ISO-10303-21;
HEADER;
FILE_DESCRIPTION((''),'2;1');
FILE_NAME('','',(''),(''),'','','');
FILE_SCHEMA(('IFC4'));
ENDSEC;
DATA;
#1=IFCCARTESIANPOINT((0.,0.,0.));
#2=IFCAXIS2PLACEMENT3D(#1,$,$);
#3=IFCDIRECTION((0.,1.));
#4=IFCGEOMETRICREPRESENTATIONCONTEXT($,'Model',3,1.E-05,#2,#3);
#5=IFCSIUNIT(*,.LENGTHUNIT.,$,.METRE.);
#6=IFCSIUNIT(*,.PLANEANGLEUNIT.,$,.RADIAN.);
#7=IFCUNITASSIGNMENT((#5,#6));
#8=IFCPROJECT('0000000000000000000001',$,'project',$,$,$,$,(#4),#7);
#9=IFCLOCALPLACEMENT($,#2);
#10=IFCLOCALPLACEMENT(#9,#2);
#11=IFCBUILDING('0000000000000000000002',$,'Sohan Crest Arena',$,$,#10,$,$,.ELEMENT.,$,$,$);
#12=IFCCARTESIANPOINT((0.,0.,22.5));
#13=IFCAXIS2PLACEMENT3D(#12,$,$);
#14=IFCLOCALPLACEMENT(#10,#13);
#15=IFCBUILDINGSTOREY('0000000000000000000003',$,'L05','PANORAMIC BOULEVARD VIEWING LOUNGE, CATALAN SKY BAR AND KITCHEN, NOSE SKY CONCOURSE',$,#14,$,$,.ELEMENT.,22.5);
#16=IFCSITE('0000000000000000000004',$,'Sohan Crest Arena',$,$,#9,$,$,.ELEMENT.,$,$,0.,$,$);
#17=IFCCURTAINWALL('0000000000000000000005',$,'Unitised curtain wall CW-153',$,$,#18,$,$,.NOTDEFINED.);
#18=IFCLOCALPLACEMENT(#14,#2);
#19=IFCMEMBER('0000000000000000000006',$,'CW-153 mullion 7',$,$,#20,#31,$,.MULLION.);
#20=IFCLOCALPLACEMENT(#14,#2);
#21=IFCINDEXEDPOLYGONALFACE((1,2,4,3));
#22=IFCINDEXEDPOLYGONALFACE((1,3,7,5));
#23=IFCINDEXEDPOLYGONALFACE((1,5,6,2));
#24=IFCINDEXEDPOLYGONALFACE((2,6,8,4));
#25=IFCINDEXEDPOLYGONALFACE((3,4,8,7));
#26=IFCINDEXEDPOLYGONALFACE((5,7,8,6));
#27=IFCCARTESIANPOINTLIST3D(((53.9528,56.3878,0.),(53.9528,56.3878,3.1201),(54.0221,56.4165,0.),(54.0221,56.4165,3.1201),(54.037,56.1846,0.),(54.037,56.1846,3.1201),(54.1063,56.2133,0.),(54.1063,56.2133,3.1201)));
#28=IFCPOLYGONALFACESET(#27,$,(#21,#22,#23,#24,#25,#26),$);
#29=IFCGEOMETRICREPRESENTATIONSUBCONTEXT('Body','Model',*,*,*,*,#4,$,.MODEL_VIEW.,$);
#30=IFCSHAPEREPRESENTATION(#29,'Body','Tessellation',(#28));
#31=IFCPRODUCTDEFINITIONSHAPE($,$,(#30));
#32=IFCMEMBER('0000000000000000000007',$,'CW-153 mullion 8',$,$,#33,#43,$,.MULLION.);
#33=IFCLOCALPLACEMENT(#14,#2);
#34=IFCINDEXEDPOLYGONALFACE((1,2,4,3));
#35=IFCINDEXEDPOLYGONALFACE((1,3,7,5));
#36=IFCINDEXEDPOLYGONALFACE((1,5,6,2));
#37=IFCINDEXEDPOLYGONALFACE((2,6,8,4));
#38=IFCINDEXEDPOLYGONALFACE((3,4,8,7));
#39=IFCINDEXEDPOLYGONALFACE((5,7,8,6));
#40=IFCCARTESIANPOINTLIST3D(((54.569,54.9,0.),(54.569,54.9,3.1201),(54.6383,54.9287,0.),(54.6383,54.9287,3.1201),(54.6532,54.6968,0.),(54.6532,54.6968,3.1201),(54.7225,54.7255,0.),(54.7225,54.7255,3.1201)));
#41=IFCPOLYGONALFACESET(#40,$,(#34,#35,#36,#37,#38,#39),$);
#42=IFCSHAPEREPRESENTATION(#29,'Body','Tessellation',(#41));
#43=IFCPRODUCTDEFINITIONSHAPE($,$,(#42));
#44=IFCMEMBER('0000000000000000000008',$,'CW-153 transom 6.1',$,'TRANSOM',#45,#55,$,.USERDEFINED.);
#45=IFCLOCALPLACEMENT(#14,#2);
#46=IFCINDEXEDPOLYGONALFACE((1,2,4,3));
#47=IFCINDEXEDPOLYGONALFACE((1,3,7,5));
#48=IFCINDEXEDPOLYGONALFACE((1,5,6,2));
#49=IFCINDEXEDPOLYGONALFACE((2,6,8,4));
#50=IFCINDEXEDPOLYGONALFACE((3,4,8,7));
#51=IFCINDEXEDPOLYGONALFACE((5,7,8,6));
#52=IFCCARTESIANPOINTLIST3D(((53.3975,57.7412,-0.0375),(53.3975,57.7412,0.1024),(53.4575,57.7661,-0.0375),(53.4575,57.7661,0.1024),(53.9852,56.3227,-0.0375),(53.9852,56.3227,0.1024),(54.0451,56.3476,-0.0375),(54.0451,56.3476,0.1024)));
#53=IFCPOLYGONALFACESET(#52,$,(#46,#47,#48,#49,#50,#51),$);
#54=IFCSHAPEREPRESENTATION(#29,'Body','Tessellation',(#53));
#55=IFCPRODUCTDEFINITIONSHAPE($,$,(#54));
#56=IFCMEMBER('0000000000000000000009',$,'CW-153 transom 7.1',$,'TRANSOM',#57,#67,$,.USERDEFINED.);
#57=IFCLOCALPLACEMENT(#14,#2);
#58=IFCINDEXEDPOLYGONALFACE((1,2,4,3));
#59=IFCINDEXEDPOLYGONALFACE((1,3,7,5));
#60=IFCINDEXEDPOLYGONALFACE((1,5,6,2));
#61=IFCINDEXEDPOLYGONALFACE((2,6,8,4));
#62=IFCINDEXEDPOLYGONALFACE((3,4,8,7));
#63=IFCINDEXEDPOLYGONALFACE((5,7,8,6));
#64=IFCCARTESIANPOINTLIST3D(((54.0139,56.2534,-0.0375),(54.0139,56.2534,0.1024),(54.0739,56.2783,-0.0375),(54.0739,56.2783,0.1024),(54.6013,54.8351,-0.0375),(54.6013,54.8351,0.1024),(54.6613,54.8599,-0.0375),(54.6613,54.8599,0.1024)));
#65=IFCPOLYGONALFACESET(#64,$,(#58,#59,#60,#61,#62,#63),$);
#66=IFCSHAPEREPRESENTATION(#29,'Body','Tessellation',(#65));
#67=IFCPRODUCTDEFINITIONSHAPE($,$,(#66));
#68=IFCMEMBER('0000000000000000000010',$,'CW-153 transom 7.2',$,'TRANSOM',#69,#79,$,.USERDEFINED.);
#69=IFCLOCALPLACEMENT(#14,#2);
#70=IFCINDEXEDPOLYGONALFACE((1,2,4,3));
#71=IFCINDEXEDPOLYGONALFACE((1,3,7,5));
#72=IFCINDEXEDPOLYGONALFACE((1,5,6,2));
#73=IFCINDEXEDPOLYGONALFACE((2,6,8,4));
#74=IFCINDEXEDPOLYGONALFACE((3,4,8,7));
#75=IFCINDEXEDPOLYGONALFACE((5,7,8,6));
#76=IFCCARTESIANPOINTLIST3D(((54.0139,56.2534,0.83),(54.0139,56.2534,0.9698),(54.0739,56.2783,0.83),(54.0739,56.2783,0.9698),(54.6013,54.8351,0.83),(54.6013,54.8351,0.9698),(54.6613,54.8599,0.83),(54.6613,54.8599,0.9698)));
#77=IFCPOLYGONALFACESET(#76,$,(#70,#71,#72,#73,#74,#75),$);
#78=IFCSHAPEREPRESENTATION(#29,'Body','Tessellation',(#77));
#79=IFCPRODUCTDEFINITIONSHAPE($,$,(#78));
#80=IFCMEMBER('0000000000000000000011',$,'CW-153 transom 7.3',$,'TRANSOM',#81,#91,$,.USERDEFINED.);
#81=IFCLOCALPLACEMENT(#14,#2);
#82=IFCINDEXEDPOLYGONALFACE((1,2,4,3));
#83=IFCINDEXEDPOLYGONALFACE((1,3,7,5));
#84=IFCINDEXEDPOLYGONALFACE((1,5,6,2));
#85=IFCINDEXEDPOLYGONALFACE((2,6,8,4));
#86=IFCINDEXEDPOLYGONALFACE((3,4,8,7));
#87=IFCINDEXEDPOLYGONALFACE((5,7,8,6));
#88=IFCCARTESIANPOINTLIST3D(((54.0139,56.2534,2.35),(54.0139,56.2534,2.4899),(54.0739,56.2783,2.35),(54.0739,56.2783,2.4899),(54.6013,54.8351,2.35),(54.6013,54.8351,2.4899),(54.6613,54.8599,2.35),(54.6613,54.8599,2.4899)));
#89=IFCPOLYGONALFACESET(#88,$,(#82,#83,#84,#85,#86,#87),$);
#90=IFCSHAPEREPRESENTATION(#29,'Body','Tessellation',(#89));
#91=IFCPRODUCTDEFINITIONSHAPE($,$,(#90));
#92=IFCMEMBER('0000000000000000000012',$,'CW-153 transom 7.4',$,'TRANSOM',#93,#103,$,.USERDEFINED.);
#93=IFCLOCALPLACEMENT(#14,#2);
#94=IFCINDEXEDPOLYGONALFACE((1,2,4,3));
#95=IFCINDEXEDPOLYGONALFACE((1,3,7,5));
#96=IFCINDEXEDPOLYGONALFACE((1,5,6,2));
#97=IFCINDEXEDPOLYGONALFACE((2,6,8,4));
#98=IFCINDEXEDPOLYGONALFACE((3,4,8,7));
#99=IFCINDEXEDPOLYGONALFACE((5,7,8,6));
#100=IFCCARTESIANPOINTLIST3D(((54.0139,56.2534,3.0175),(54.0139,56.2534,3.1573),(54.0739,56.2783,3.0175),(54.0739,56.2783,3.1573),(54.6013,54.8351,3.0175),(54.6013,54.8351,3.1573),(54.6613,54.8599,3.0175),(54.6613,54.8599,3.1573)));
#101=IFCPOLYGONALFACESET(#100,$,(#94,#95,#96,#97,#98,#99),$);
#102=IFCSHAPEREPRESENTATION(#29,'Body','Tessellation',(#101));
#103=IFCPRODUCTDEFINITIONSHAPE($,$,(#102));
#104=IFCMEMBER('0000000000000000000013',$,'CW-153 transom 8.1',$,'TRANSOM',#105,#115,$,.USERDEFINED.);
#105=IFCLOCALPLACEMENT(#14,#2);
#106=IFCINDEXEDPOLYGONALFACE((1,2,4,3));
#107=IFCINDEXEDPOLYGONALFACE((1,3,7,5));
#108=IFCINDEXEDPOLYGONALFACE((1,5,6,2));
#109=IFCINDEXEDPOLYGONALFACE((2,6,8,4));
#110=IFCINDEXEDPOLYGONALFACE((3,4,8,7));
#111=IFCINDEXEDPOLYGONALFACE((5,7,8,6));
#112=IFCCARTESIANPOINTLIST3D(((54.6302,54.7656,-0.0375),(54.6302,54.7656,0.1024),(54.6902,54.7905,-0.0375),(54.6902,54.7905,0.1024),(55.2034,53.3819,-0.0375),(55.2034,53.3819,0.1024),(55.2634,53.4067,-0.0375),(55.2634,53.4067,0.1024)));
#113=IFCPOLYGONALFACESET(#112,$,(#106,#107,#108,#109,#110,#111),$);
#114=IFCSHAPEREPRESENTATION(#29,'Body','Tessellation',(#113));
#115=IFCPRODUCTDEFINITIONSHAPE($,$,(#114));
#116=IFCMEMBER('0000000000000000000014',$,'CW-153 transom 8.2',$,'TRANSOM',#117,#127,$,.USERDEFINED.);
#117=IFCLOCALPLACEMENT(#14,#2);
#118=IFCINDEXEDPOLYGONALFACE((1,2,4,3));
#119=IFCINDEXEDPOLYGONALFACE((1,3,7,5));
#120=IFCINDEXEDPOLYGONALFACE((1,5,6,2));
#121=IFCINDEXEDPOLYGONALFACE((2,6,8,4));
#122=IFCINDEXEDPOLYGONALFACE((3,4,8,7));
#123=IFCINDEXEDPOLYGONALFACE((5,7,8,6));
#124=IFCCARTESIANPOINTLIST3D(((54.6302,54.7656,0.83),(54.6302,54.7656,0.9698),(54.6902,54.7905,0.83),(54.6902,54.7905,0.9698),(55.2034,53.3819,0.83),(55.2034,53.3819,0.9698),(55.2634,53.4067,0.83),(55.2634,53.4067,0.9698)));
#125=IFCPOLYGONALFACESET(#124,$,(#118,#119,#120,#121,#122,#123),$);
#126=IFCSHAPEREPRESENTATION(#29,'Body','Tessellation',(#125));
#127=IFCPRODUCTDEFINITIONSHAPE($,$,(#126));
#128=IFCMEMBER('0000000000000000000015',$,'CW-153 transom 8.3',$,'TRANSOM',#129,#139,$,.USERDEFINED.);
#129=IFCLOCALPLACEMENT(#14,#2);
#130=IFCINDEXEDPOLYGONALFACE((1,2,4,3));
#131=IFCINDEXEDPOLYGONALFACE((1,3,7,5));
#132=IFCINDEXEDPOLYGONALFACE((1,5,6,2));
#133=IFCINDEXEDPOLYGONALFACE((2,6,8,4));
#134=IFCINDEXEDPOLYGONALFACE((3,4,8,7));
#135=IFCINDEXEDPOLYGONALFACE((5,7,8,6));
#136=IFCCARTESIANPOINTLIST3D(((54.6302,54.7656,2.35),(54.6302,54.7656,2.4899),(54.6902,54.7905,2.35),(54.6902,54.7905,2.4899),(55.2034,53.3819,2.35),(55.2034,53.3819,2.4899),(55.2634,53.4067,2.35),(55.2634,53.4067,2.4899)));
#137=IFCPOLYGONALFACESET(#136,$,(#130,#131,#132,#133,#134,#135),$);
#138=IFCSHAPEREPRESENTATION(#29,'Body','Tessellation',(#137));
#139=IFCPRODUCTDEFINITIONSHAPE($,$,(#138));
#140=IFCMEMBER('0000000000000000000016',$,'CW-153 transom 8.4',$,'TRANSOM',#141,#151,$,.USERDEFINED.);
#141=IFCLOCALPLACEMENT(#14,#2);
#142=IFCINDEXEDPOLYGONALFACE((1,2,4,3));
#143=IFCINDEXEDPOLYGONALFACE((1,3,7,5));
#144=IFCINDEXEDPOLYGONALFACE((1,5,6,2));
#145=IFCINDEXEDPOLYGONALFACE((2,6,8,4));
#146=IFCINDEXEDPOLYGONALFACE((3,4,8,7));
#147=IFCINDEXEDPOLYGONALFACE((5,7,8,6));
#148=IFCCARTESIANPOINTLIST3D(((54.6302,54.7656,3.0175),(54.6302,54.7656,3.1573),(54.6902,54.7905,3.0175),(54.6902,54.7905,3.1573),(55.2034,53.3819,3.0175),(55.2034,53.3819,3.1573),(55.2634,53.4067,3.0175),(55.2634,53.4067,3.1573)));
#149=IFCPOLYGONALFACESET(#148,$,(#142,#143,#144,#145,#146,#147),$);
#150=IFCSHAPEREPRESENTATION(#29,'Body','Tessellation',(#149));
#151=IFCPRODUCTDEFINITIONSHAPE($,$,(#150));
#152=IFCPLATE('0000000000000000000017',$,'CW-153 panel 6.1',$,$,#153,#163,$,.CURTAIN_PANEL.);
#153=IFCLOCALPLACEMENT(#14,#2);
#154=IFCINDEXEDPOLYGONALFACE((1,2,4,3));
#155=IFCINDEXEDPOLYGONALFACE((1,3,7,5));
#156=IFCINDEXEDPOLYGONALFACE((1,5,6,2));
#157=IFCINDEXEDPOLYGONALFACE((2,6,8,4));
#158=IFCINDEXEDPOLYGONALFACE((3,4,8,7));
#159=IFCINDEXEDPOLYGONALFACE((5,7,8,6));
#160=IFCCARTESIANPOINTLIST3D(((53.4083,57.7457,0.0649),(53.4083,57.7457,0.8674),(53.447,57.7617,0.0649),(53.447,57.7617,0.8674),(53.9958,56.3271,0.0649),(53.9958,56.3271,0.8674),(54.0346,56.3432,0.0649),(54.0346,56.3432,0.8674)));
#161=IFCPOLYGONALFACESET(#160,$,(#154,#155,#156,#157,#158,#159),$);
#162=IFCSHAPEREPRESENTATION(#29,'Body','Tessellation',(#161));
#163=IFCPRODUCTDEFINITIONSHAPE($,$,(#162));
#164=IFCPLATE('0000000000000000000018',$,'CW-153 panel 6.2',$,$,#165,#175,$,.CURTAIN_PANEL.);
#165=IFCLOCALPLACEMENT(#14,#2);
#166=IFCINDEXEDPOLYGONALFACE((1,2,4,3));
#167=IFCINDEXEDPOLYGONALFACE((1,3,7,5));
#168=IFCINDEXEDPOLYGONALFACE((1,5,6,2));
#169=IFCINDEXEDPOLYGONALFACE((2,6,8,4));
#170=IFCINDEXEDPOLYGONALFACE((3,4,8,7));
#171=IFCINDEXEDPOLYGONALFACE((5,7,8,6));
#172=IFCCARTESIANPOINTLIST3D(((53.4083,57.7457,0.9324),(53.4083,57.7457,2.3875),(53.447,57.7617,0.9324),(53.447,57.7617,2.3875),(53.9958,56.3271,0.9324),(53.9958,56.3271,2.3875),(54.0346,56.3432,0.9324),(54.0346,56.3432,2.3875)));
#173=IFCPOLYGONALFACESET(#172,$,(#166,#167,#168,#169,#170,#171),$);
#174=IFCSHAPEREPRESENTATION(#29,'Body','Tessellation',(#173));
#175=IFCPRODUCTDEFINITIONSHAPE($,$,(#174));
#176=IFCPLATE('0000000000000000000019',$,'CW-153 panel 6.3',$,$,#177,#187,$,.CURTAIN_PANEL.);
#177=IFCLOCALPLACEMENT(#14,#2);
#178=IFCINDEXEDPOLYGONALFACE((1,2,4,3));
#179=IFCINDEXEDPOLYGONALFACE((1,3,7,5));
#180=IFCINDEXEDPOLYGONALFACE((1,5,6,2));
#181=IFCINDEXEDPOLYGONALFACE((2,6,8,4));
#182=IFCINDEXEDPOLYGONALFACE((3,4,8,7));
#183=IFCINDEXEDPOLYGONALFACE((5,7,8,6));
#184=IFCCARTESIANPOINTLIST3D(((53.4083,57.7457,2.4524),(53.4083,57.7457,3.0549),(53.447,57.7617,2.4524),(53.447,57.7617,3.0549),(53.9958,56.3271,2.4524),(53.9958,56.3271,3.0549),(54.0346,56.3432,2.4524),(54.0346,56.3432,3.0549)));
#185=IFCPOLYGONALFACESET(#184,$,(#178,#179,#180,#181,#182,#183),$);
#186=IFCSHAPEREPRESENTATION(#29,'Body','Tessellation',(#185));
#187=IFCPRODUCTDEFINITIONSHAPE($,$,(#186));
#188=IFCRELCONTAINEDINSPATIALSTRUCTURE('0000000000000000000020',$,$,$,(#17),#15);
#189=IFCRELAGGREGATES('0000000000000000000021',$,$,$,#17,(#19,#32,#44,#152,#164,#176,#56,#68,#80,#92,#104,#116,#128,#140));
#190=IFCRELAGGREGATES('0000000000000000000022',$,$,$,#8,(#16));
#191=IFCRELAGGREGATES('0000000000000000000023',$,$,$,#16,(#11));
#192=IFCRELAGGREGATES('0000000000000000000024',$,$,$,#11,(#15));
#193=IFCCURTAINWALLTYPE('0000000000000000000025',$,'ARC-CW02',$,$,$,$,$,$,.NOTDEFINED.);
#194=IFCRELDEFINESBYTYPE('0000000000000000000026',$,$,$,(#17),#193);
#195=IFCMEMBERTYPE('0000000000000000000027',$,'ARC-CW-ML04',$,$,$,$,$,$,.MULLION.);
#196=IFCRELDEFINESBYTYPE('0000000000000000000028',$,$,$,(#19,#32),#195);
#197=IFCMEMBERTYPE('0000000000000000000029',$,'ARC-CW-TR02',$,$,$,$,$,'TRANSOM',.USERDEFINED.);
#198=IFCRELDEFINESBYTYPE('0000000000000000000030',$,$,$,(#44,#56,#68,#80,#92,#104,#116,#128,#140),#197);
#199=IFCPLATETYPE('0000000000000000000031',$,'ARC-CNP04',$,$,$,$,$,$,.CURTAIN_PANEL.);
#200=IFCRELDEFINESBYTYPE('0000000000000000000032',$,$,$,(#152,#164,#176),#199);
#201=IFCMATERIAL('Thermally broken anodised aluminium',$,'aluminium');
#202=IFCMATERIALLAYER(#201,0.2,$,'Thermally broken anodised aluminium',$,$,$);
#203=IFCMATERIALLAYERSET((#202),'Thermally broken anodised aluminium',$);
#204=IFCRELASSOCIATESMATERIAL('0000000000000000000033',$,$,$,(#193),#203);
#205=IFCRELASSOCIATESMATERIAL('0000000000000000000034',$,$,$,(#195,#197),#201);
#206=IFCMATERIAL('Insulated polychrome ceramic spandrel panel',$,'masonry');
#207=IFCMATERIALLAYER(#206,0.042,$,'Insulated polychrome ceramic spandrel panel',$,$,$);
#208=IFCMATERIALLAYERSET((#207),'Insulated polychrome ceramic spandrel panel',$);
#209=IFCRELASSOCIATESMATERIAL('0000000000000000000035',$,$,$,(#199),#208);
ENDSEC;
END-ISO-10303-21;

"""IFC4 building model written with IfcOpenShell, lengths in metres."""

from ifc_helpers import new_model, si_unit, direction, frame, origin, origin_2d, place, context, subcontext, project, spatial, rectangle, extrude, material, layer, layer_set, material_profile, profile_set, type_object, element, aggregate, save


model = new_model("IFC4")

# Units and contexts
model_context = context("Model", 3, precision=1e-05, world=origin(), true_north=direction((0.0, 1.0)))
body_context = subcontext(model_context, "Body", "Model", "MODEL_VIEW")
ifc_project = project(units=[si_unit("LENGTHUNIT", "METRE"), si_unit("PLANEANGLEUNIT", "RADIAN")], contexts=[model_context])

# Site, building, storey
site_placement = place(None, origin())
site = spatial("IfcSite", under=ifc_project, at=site_placement, Name="Sohan Crest Arena", CompositionType="ELEMENT", RefElevation=0.0)
building_placement = place(site_placement, origin())
building = spatial("IfcBuilding", under=site, at=building_placement, Name="Sohan Crest Arena", CompositionType="ELEMENT")
storey_placement = place(building_placement, frame((0.0, 0.0, 22.5)))
storey = spatial("IfcBuildingStorey", under=building, at=storey_placement, Name="L05", Description="PANORAMIC BOULEVARD VIEWING LOUNGE, CATALAN SKY BAR AND KITCHEN, NOSE SKY CONCOURSE", CompositionType="ELEMENT", Elevation=22.5)

# Curtain wall, members, plates
ifc_material_1 = material(Name="Thermally broken anodised aluminium", Category="aluminium")
ifc_layer_1 = layer(ifc_material_1, 0.2, Name="Thermally broken anodised aluminium")
ifc_layer_set_1 = layer_set([ifc_layer_1], Name="Thermally broken anodised aluminium")
curtain_wall_type = type_object("IfcCurtainWallType", Name="ARC-CW02", PredefinedType="NOTDEFINED", material=ifc_layer_set_1)
curtain_wall_placement = place(storey_placement, origin())
curtain_wall = element("IfcCurtainWall", 1, at=curtain_wall_placement, inside=storey, type_object=curtain_wall_type, Name="Unitised curtain wall CW-153", PredefinedType="NOTDEFINED")
ifc_material_profile_1 = material_profile(ifc_material_1, rectangle(XDim=0.075, YDim=0.22, at=origin_2d()), Name="ALU-MULL 75x220")
ifc_profile_set_1 = profile_set([ifc_material_profile_1], Name="Thermally broken anodised aluminium")
member_type_1 = type_object("IfcMemberType", Name="ARC-CW-ML04", PredefinedType="MULLION", material=ifc_profile_set_1)
member_1_placement = place(storey_placement, frame((54.0295, 56.3005, 0.0), z_axis=(0.0, 0.0, 1.0), x_axis=(0.923879, 0.382685, 0.0)))
member_1 = element("IfcMember", 2, at=member_1_placement, type_object=member_type_1, Name="CW-153 mullion 7", PredefinedType="MULLION", context=body_context, shape_type="SweptSolid", body=[
    extrude(rectangle(XDim=0.075, YDim=0.22, at=origin_2d()), origin(), (0.0, 0.0, 1.0), 3.1201),
])
member_2_placement = place(storey_placement, frame((54.6458, 54.8127, 0.0), z_axis=(0.0, 0.0, 1.0), x_axis=(0.923879, 0.382685, 0.0)))
member_2 = element("IfcMember", 3, at=member_2_placement, type_object=member_type_1, Name="CW-153 mullion 8", PredefinedType="MULLION", context=body_context, shape_type="SweptSolid", body=[
    extrude(rectangle(XDim=0.075, YDim=0.22, at=origin_2d()), origin(), (0.0, 0.0, 1.0), 3.1201),
])
ifc_material_profile_2 = material_profile(ifc_material_1, rectangle(XDim=0.0649, YDim=0.1399, at=origin_2d()), Name="ALU-TRAN 65x140")
ifc_profile_set_2 = profile_set([ifc_material_profile_2], Name="Thermally broken anodised aluminium")
member_type_2 = type_object("IfcMemberType", Name="ARC-CW-TR02", ElementType="TRANSOM", PredefinedType="USERDEFINED", material=ifc_profile_set_2)
member_3_placement = place(storey_placement, frame((53.4275, 57.7537, 0.0325), z_axis=(0.38274, -0.923856, 0.0), x_axis=(0.923856, 0.38274, 0.0)))
member_3 = element("IfcMember", 4, at=member_3_placement, type_object=member_type_2, Name="CW-153 transom 6.1", ObjectType="TRANSOM", PredefinedType="USERDEFINED", context=body_context, shape_type="SweptSolid", body=[
    extrude(rectangle(XDim=0.0649, YDim=0.1399, at=origin_2d()), origin(), (0.0, 0.0, 1.0), 1.5354),
])
member_4_placement = place(storey_placement, frame((54.0439, 56.2659, 0.0325), z_axis=(0.382605, -0.923912, 0.0), x_axis=(0.923912, 0.382605, 0.0)))
member_4 = element("IfcMember", 5, at=member_4_placement, type_object=member_type_2, Name="CW-153 transom 7.1", ObjectType="TRANSOM", PredefinedType="USERDEFINED", context=body_context, shape_type="SweptSolid", body=[
    extrude(rectangle(XDim=0.0649, YDim=0.1399, at=origin_2d()), origin(), (0.0, 0.0, 1.0), 1.5352),
])
member_5_placement = place(storey_placement, frame((54.0439, 56.2659, 0.8999), z_axis=(0.382605, -0.923912, 0.0), x_axis=(0.923912, 0.382605, 0.0)))
member_5 = element("IfcMember", 6, at=member_5_placement, type_object=member_type_2, Name="CW-153 transom 7.2", ObjectType="TRANSOM", PredefinedType="USERDEFINED", context=body_context, shape_type="SweptSolid", body=[
    extrude(rectangle(XDim=0.0649, YDim=0.1399, at=origin_2d()), origin(), (0.0, 0.0, 1.0), 1.5352),
])
member_6_placement = place(storey_placement, frame((54.0439, 56.2659, 2.4199), z_axis=(0.382605, -0.923912, 0.0), x_axis=(0.923912, 0.382605, 0.0)))
member_6 = element("IfcMember", 7, at=member_6_placement, type_object=member_type_2, Name="CW-153 transom 7.3", ObjectType="TRANSOM", PredefinedType="USERDEFINED", context=body_context, shape_type="SweptSolid", body=[
    extrude(rectangle(XDim=0.0649, YDim=0.1399, at=origin_2d()), origin(), (0.0, 0.0, 1.0), 1.5352),
])
member_7_placement = place(storey_placement, frame((54.0439, 56.2659, 3.0874), z_axis=(0.382605, -0.923912, 0.0), x_axis=(0.923912, 0.382605, 0.0)))
member_7 = element("IfcMember", 8, at=member_7_placement, type_object=member_type_2, Name="CW-153 transom 7.4", ObjectType="TRANSOM", PredefinedType="USERDEFINED", context=body_context, shape_type="SweptSolid", body=[
    extrude(rectangle(XDim=0.0649, YDim=0.1399, at=origin_2d()), origin(), (0.0, 0.0, 1.0), 1.5352),
])
member_8_placement = place(storey_placement, frame((54.6602, 54.7781, 0.0325), z_axis=(0.382716, -0.923866, 0.0), x_axis=(0.923866, 0.382716, 0.0)))
member_8 = element("IfcMember", 9, at=member_8_placement, type_object=member_type_2, Name="CW-153 transom 8.1", ObjectType="TRANSOM", PredefinedType="USERDEFINED", context=body_context, shape_type="SweptSolid", body=[
    extrude(rectangle(XDim=0.0649, YDim=0.1399, at=origin_2d()), origin(), (0.0, 0.0, 1.0), 1.4978),
])
member_9_placement = place(storey_placement, frame((54.6602, 54.7781, 0.8999), z_axis=(0.382716, -0.923866, 0.0), x_axis=(0.923866, 0.382716, 0.0)))
member_9 = element("IfcMember", 10, at=member_9_placement, type_object=member_type_2, Name="CW-153 transom 8.2", ObjectType="TRANSOM", PredefinedType="USERDEFINED", context=body_context, shape_type="SweptSolid", body=[
    extrude(rectangle(XDim=0.0649, YDim=0.1399, at=origin_2d()), origin(), (0.0, 0.0, 1.0), 1.4978),
])
member_10_placement = place(storey_placement, frame((54.6602, 54.7781, 2.4199), z_axis=(0.382716, -0.923866, 0.0), x_axis=(0.923866, 0.382716, 0.0)))
member_10 = element("IfcMember", 11, at=member_10_placement, type_object=member_type_2, Name="CW-153 transom 8.3", ObjectType="TRANSOM", PredefinedType="USERDEFINED", context=body_context, shape_type="SweptSolid", body=[
    extrude(rectangle(XDim=0.0649, YDim=0.1399, at=origin_2d()), origin(), (0.0, 0.0, 1.0), 1.4978),
])
member_11_placement = place(storey_placement, frame((54.6602, 54.7781, 3.0874), z_axis=(0.382716, -0.923866, 0.0), x_axis=(0.923866, 0.382716, 0.0)))
member_11 = element("IfcMember", 12, at=member_11_placement, type_object=member_type_2, Name="CW-153 transom 8.4", ObjectType="TRANSOM", PredefinedType="USERDEFINED", context=body_context, shape_type="SweptSolid", body=[
    extrude(rectangle(XDim=0.0649, YDim=0.1399, at=origin_2d()), origin(), (0.0, 0.0, 1.0), 1.4978),
])
ifc_material_2 = material(Name="Insulated polychrome ceramic spandrel panel", Category="masonry")
ifc_layer_2 = layer(ifc_material_2, 0.042, Name="Insulated polychrome ceramic spandrel panel")
ifc_layer_set_2 = layer_set([ifc_layer_2], Name="Insulated polychrome ceramic spandrel panel")
plate_type = type_object("IfcPlateType", Name="ARC-CNP04", PredefinedType="CURTAIN_PANEL", material=ifc_layer_set_2)
plate_1_placement = place(storey_placement, frame((53.7214, 57.0444, 0.0649), z_axis=(0.0, 0.0, 1.0), x_axis=(0.382685, -0.923879, 0.0)))
plate_1 = element("IfcPlate", 13, at=plate_1_placement, type_object=plate_type, Name="CW-153 panel 6.1", PredefinedType="CURTAIN_PANEL", context=body_context, shape_type="SweptSolid", body=[
    extrude(rectangle(XDim=1.5354, YDim=0.042, at=origin_2d()), origin(), (0.0, 0.0, 1.0), 0.8025),
])
plate_2_placement = place(storey_placement, frame((53.7214, 57.0444, 0.9324), z_axis=(0.0, 0.0, 1.0), x_axis=(0.382685, -0.923879, 0.0)))
plate_2 = element("IfcPlate", 14, at=plate_2_placement, type_object=plate_type, Name="CW-153 panel 6.2", PredefinedType="CURTAIN_PANEL", context=body_context, shape_type="SweptSolid", body=[
    extrude(rectangle(XDim=1.5354, YDim=0.042, at=origin_2d()), origin(), (0.0, 0.0, 1.0), 1.4551),
])
plate_3_placement = place(storey_placement, frame((53.7214, 57.0444, 2.4524), z_axis=(0.0, 0.0, 1.0), x_axis=(0.382685, -0.923879, 0.0)))
plate_3 = element("IfcPlate", 15, at=plate_3_placement, type_object=plate_type, Name="CW-153 panel 6.3", PredefinedType="CURTAIN_PANEL", context=body_context, shape_type="SweptSolid", body=[
    extrude(rectangle(XDim=1.5354, YDim=0.042, at=origin_2d()), origin(), (0.0, 0.0, 1.0), 0.6025),
])
aggregate(curtain_wall, [member_1, member_2, member_3, plate_1, plate_2, plate_3, member_4, member_5, member_6, member_7, member_8, member_9, member_10, member_11])

save(model, "model.ifc")
